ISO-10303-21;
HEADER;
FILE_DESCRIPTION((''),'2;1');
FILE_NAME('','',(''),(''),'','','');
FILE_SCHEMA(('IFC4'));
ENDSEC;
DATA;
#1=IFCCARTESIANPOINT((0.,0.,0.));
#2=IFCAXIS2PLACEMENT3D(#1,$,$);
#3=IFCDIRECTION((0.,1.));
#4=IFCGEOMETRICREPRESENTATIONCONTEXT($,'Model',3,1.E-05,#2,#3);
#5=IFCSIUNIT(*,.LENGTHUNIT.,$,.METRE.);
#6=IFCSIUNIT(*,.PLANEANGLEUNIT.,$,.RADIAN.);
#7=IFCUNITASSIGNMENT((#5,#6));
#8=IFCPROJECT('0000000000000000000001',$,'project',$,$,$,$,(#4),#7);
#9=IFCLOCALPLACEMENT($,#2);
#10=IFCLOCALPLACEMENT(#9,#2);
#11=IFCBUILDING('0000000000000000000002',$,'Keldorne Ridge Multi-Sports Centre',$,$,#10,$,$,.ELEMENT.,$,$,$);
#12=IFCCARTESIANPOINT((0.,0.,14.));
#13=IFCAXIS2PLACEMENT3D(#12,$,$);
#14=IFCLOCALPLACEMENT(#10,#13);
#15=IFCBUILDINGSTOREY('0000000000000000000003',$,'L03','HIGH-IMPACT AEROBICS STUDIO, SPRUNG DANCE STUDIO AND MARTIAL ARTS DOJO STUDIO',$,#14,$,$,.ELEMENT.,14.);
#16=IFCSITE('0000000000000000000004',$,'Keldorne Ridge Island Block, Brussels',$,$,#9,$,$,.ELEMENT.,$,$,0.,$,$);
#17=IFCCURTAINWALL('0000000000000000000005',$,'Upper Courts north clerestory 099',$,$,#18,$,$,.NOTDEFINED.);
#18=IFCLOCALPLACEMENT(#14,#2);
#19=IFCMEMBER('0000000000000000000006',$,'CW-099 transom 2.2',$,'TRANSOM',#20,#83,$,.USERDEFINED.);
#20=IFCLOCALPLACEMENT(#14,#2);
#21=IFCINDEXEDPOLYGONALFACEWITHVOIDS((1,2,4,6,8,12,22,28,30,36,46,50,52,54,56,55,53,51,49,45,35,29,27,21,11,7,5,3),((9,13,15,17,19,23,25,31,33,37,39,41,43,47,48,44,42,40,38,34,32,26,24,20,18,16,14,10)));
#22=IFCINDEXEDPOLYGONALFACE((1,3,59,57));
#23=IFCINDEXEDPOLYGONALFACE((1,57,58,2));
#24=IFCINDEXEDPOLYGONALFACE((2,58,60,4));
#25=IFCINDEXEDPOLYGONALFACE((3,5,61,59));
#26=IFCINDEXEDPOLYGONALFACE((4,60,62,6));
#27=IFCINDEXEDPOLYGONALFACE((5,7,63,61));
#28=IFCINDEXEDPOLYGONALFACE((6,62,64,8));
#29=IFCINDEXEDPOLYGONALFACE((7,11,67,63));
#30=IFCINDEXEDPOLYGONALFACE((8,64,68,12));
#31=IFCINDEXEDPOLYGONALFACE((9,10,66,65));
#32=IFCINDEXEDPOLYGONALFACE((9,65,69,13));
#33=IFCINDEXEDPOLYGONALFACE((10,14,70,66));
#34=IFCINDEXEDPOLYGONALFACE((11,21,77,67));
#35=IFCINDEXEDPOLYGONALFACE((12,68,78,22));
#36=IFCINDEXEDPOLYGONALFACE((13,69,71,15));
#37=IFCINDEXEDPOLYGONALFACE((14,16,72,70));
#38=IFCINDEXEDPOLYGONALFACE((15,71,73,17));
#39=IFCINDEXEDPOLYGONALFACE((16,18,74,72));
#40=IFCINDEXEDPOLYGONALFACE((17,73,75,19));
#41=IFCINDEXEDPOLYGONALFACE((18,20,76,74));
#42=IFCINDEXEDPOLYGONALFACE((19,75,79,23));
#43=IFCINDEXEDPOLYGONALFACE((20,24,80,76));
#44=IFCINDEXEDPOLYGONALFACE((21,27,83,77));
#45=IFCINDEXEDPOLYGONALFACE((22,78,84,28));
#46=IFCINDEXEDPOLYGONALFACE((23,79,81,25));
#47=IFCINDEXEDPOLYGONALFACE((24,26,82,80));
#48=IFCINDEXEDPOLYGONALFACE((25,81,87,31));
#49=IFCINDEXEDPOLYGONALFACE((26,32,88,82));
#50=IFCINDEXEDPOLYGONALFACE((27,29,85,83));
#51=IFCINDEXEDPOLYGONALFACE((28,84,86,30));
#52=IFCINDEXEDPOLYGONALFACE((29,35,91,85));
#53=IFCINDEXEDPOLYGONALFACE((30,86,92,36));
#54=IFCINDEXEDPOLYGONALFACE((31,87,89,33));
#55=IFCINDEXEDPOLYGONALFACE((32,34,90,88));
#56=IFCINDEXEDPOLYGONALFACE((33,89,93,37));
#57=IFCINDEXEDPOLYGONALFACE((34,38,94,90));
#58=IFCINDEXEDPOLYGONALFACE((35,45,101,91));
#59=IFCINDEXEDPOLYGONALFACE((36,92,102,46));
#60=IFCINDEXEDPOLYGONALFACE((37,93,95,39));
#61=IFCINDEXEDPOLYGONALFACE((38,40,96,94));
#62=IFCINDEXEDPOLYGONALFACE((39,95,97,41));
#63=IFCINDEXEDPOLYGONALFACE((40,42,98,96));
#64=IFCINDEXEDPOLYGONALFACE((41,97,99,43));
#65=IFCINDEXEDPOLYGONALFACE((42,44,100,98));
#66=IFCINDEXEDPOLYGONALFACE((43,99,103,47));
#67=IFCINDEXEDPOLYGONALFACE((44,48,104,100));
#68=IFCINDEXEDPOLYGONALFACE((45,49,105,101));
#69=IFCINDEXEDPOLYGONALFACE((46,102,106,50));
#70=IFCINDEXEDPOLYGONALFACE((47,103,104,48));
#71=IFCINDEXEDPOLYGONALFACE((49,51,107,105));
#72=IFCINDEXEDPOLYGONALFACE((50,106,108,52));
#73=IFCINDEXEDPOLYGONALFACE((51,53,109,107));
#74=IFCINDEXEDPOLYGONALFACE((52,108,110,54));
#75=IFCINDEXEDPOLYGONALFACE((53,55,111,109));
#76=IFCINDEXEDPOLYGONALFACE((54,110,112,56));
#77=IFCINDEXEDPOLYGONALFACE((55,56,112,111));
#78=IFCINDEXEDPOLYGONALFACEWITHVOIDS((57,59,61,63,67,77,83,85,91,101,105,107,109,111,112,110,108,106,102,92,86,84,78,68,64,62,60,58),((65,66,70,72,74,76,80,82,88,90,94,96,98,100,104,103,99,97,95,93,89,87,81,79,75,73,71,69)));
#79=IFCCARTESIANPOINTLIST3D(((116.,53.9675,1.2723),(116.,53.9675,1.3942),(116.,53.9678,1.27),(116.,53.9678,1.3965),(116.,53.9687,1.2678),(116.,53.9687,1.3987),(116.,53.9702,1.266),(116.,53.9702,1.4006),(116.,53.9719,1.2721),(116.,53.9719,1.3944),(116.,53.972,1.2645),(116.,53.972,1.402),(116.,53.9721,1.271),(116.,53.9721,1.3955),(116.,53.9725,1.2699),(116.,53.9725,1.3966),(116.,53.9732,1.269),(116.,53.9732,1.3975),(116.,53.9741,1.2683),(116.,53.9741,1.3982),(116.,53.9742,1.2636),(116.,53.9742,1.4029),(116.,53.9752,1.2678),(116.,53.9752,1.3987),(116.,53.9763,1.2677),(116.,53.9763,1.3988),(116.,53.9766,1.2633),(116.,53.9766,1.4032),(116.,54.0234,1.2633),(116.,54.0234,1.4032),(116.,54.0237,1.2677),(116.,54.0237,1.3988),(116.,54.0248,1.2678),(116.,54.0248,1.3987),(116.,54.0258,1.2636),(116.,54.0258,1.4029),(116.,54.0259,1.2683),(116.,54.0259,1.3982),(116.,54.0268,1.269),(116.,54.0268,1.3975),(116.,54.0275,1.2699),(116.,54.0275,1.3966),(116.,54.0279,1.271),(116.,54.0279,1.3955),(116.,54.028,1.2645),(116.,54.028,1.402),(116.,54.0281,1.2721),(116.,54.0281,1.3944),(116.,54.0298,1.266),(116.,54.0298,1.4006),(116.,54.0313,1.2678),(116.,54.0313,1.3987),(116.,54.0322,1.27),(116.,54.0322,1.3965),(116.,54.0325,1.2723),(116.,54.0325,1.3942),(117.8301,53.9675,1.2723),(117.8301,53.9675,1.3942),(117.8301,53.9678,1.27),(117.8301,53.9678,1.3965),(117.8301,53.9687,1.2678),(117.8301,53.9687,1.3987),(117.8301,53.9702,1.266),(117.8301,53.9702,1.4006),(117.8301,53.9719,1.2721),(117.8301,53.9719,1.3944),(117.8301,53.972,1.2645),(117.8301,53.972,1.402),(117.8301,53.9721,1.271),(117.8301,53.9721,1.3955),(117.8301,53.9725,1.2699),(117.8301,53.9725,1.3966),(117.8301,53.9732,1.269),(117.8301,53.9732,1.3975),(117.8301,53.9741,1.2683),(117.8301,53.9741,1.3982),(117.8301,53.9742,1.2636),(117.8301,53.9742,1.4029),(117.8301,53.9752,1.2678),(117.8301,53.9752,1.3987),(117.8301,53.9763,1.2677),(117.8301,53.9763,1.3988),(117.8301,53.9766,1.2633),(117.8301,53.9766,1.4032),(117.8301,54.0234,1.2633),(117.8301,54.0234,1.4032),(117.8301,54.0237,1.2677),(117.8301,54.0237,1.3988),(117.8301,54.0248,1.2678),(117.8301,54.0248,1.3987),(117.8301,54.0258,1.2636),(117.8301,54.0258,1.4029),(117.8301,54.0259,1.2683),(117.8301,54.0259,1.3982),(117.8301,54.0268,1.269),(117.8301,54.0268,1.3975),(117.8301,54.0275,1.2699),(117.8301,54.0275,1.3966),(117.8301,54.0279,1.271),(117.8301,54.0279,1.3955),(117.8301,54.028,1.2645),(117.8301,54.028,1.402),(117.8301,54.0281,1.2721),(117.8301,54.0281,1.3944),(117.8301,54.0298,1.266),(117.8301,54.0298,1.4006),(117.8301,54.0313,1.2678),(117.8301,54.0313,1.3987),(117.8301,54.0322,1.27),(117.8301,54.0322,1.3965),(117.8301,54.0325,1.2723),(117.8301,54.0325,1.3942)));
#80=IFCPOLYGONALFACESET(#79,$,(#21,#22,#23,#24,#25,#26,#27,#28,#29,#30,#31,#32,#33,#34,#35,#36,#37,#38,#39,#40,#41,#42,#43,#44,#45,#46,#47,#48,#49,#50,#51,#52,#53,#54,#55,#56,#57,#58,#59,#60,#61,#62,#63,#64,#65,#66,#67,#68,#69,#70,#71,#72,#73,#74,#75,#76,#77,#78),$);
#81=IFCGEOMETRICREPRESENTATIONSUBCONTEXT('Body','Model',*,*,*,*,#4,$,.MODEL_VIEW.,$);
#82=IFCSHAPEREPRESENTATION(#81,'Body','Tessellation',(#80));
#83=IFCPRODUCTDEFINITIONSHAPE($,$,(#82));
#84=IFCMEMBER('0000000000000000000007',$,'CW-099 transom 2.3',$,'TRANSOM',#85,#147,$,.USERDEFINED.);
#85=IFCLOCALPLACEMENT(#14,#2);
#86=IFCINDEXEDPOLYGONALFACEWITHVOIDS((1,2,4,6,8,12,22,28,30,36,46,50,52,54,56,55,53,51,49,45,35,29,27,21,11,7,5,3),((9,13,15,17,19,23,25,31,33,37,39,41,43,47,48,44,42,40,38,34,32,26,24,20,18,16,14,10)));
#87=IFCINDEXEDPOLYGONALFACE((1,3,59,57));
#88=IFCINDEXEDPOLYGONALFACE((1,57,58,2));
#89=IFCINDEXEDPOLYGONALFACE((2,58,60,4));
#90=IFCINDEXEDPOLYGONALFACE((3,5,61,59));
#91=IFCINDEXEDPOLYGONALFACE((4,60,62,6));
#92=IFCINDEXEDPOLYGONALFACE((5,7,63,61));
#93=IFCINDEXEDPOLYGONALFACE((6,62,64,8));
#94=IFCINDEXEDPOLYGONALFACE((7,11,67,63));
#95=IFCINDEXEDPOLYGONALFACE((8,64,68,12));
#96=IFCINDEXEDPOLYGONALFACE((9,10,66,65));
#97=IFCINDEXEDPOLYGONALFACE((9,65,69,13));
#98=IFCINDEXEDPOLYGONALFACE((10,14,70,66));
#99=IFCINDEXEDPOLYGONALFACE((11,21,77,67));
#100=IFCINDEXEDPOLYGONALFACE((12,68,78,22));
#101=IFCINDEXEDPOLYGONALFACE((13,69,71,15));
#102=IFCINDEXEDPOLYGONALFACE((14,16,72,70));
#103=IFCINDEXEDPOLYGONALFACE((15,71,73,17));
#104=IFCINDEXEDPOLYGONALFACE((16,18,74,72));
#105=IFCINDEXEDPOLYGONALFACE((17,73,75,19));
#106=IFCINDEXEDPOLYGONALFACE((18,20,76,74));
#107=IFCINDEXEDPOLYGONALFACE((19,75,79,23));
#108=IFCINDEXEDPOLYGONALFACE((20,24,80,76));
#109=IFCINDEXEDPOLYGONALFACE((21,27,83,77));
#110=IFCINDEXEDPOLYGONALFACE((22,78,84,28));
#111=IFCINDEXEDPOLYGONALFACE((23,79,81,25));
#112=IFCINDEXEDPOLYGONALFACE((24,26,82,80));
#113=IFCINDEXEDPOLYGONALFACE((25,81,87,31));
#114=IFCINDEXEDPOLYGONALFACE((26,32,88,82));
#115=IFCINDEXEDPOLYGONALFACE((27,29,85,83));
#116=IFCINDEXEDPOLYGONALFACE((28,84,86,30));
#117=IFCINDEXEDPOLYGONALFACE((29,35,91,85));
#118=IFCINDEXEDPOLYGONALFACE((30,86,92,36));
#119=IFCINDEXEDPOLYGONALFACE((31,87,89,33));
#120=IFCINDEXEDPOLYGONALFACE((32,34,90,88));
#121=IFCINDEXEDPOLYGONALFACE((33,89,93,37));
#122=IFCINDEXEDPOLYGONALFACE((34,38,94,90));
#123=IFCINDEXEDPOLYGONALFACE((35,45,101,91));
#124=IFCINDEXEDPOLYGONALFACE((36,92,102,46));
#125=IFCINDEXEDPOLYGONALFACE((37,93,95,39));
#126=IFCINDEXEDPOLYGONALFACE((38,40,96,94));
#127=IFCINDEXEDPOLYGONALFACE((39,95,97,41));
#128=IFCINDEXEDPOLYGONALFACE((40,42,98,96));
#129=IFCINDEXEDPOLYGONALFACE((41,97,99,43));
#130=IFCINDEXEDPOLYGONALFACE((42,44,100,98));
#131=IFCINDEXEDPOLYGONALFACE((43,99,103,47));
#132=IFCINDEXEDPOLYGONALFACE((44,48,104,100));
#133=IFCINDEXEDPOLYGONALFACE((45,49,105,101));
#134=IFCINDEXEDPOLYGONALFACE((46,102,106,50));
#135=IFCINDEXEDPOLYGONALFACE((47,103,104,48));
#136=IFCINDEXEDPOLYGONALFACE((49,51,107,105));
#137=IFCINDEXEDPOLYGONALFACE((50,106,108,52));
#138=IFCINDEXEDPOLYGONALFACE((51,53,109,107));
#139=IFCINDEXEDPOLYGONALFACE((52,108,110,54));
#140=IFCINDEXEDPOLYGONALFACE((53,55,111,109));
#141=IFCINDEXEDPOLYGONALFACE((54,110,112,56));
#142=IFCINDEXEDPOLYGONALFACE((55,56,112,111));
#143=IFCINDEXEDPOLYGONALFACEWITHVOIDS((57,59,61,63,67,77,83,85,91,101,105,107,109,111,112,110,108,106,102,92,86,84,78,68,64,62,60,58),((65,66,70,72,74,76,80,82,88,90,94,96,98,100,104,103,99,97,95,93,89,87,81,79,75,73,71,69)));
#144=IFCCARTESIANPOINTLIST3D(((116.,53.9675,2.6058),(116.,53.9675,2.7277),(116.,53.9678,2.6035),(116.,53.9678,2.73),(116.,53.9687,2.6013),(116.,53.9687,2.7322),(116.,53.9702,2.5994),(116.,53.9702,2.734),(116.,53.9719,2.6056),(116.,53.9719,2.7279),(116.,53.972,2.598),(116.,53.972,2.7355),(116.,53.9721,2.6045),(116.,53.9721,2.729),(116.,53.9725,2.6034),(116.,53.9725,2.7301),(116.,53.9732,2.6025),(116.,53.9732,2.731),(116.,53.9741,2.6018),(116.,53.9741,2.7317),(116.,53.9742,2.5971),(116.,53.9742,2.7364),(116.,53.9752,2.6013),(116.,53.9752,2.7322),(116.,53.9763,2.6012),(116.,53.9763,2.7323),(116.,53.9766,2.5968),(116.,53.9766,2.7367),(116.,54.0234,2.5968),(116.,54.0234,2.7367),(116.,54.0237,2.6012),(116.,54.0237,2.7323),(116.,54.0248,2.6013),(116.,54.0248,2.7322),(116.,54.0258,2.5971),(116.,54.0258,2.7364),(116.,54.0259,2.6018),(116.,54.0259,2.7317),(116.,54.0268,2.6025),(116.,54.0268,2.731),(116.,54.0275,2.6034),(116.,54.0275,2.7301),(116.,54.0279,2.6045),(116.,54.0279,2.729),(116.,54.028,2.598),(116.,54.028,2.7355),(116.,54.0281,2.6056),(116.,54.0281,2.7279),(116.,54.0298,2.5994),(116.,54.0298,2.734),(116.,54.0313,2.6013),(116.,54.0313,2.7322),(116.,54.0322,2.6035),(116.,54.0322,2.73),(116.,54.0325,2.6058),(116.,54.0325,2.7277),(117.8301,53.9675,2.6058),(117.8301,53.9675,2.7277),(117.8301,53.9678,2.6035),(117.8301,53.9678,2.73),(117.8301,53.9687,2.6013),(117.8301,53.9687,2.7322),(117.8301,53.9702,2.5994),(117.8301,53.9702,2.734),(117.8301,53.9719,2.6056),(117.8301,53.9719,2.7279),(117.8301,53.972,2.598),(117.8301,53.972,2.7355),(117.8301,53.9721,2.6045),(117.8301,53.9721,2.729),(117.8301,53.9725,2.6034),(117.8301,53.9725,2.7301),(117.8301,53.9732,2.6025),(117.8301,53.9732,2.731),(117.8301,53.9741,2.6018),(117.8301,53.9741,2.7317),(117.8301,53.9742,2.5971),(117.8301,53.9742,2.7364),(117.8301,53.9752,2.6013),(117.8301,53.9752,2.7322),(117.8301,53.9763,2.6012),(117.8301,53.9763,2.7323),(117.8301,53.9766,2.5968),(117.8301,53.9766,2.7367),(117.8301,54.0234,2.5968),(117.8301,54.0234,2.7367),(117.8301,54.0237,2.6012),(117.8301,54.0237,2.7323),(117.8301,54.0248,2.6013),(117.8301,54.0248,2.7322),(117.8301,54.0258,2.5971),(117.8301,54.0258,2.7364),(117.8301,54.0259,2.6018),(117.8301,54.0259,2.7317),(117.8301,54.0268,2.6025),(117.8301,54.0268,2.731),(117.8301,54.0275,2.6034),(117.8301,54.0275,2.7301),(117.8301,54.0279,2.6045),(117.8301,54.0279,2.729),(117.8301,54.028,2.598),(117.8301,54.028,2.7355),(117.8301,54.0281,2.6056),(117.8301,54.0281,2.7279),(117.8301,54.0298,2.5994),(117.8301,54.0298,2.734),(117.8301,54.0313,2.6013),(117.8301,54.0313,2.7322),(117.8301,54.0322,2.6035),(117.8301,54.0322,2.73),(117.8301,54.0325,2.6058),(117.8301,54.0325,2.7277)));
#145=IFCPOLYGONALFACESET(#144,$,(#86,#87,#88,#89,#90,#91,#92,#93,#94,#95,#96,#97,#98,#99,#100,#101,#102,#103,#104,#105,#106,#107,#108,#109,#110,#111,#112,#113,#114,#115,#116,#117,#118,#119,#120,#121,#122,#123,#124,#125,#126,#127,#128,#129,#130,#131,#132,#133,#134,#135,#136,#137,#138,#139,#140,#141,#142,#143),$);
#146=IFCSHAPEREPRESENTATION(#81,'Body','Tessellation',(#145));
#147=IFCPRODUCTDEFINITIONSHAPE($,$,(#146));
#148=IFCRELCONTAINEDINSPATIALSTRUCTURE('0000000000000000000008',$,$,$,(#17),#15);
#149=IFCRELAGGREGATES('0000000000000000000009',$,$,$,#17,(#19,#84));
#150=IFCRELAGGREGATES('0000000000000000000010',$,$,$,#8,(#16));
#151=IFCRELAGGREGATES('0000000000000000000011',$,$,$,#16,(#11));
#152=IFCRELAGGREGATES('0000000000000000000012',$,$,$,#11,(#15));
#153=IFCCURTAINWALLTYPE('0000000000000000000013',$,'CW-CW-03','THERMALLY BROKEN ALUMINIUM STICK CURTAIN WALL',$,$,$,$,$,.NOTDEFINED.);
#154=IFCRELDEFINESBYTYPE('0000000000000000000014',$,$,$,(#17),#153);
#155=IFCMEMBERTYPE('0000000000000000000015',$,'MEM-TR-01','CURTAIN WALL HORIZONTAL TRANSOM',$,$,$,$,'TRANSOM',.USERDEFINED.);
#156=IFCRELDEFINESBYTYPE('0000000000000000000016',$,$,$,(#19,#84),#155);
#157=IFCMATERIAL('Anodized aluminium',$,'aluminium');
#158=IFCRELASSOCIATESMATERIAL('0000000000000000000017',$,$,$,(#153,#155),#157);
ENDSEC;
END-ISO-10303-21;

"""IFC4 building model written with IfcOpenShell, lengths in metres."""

from ifc_helpers import new_model, si_unit, direction, frame, origin, origin_2d, place, context, subcontext, project, spatial, hollow_rectangle, extrude, material, material_profile, profile_set, type_object, element, aggregate, save


model = new_model("IFC4")

# Units and contexts
model_context = context("Model", 3, precision=1e-05, world=origin(), true_north=direction((0.0, 1.0)))
body_context = subcontext(model_context, "Body", "Model", "MODEL_VIEW")
ifc_project = project(units=[si_unit("LENGTHUNIT", "METRE"), si_unit("PLANEANGLEUNIT", "RADIAN")], contexts=[model_context])

# Site, building, storey
site_placement = place(None, origin())
site = spatial("IfcSite", under=ifc_project, at=site_placement, Name="Keldorne Ridge Island Block, Brussels", CompositionType="ELEMENT", RefElevation=0.0)
building_placement = place(site_placement, origin())
building = spatial("IfcBuilding", under=site, at=building_placement, Name="Keldorne Ridge Multi-Sports Centre", CompositionType="ELEMENT")
storey_placement = place(building_placement, frame((0.0, 0.0, 14.0)))
storey = spatial("IfcBuildingStorey", under=building, at=storey_placement, Name="L03", Description="HIGH-IMPACT AEROBICS STUDIO, SPRUNG DANCE STUDIO AND MARTIAL ARTS DOJO STUDIO", CompositionType="ELEMENT", Elevation=14.0)

# Curtain wall, members
ifc_material_1 = material(Name="Anodized aluminium", Category="aluminium")
curtain_wall_type = type_object("IfcCurtainWallType", Name="CW-CW-03", Description="THERMALLY BROKEN ALUMINIUM STICK CURTAIN WALL", PredefinedType="NOTDEFINED", material=ifc_material_1)
curtain_wall_placement = place(storey_placement, origin())
curtain_wall = element("IfcCurtainWall", 1, at=curtain_wall_placement, inside=storey, type_object=curtain_wall_type, Name="Upper Courts north clerestory 099", PredefinedType="NOTDEFINED")
ifc_material_profile_1 = material_profile(ifc_material_1, hollow_rectangle(XDim=0.0649, YDim=0.1399, WallThickness=0.0044, InnerFilletRadius=0.0044, OuterFilletRadius=0.009, at=origin_2d()), Name="ALU TRANSOM 140x65x4.5")
ifc_profile_set_1 = profile_set([ifc_material_profile_1], Name="Anodized aluminium")
member_type_1 = type_object("IfcMemberType", Name="MEM-TR-01", Description="CURTAIN WALL HORIZONTAL TRANSOM", ElementType="TRANSOM", PredefinedType="USERDEFINED", material=ifc_profile_set_1)
member_1_placement = place(storey_placement, frame((117.8301, 54.0, 1.3333), z_axis=(-1.0, 0.0, 0.0), x_axis=(0.0, -1.0, 0.0)))
member_1 = element("IfcMember", 2, at=member_1_placement, type_object=member_type_1, Name="CW-099 transom 2.2", ObjectType="TRANSOM", PredefinedType="USERDEFINED", context=body_context, shape_type="SweptSolid", body=[
    extrude(hollow_rectangle(XDim=0.0649, YDim=0.1399, WallThickness=0.0044, InnerFilletRadius=0.0044, OuterFilletRadius=0.009, at=origin_2d()), origin(), (0.0, 0.0, 1.0), 1.8301),
])
member_2_placement = place(storey_placement, frame((117.8301, 54.0, 2.6667), z_axis=(-1.0, 0.0, 0.0), x_axis=(0.0, -1.0, 0.0)))
member_2 = element("IfcMember", 3, at=member_2_placement, type_object=member_type_1, Name="CW-099 transom 2.3", ObjectType="TRANSOM", PredefinedType="USERDEFINED", context=body_context, shape_type="SweptSolid", body=[
    extrude(hollow_rectangle(XDim=0.0649, YDim=0.1399, WallThickness=0.0044, InnerFilletRadius=0.0044, OuterFilletRadius=0.009, at=origin_2d()), origin(), (0.0, 0.0, 1.0), 1.8301),
])
aggregate(curtain_wall, [member_1, member_2])

save(model, "model.ifc")
